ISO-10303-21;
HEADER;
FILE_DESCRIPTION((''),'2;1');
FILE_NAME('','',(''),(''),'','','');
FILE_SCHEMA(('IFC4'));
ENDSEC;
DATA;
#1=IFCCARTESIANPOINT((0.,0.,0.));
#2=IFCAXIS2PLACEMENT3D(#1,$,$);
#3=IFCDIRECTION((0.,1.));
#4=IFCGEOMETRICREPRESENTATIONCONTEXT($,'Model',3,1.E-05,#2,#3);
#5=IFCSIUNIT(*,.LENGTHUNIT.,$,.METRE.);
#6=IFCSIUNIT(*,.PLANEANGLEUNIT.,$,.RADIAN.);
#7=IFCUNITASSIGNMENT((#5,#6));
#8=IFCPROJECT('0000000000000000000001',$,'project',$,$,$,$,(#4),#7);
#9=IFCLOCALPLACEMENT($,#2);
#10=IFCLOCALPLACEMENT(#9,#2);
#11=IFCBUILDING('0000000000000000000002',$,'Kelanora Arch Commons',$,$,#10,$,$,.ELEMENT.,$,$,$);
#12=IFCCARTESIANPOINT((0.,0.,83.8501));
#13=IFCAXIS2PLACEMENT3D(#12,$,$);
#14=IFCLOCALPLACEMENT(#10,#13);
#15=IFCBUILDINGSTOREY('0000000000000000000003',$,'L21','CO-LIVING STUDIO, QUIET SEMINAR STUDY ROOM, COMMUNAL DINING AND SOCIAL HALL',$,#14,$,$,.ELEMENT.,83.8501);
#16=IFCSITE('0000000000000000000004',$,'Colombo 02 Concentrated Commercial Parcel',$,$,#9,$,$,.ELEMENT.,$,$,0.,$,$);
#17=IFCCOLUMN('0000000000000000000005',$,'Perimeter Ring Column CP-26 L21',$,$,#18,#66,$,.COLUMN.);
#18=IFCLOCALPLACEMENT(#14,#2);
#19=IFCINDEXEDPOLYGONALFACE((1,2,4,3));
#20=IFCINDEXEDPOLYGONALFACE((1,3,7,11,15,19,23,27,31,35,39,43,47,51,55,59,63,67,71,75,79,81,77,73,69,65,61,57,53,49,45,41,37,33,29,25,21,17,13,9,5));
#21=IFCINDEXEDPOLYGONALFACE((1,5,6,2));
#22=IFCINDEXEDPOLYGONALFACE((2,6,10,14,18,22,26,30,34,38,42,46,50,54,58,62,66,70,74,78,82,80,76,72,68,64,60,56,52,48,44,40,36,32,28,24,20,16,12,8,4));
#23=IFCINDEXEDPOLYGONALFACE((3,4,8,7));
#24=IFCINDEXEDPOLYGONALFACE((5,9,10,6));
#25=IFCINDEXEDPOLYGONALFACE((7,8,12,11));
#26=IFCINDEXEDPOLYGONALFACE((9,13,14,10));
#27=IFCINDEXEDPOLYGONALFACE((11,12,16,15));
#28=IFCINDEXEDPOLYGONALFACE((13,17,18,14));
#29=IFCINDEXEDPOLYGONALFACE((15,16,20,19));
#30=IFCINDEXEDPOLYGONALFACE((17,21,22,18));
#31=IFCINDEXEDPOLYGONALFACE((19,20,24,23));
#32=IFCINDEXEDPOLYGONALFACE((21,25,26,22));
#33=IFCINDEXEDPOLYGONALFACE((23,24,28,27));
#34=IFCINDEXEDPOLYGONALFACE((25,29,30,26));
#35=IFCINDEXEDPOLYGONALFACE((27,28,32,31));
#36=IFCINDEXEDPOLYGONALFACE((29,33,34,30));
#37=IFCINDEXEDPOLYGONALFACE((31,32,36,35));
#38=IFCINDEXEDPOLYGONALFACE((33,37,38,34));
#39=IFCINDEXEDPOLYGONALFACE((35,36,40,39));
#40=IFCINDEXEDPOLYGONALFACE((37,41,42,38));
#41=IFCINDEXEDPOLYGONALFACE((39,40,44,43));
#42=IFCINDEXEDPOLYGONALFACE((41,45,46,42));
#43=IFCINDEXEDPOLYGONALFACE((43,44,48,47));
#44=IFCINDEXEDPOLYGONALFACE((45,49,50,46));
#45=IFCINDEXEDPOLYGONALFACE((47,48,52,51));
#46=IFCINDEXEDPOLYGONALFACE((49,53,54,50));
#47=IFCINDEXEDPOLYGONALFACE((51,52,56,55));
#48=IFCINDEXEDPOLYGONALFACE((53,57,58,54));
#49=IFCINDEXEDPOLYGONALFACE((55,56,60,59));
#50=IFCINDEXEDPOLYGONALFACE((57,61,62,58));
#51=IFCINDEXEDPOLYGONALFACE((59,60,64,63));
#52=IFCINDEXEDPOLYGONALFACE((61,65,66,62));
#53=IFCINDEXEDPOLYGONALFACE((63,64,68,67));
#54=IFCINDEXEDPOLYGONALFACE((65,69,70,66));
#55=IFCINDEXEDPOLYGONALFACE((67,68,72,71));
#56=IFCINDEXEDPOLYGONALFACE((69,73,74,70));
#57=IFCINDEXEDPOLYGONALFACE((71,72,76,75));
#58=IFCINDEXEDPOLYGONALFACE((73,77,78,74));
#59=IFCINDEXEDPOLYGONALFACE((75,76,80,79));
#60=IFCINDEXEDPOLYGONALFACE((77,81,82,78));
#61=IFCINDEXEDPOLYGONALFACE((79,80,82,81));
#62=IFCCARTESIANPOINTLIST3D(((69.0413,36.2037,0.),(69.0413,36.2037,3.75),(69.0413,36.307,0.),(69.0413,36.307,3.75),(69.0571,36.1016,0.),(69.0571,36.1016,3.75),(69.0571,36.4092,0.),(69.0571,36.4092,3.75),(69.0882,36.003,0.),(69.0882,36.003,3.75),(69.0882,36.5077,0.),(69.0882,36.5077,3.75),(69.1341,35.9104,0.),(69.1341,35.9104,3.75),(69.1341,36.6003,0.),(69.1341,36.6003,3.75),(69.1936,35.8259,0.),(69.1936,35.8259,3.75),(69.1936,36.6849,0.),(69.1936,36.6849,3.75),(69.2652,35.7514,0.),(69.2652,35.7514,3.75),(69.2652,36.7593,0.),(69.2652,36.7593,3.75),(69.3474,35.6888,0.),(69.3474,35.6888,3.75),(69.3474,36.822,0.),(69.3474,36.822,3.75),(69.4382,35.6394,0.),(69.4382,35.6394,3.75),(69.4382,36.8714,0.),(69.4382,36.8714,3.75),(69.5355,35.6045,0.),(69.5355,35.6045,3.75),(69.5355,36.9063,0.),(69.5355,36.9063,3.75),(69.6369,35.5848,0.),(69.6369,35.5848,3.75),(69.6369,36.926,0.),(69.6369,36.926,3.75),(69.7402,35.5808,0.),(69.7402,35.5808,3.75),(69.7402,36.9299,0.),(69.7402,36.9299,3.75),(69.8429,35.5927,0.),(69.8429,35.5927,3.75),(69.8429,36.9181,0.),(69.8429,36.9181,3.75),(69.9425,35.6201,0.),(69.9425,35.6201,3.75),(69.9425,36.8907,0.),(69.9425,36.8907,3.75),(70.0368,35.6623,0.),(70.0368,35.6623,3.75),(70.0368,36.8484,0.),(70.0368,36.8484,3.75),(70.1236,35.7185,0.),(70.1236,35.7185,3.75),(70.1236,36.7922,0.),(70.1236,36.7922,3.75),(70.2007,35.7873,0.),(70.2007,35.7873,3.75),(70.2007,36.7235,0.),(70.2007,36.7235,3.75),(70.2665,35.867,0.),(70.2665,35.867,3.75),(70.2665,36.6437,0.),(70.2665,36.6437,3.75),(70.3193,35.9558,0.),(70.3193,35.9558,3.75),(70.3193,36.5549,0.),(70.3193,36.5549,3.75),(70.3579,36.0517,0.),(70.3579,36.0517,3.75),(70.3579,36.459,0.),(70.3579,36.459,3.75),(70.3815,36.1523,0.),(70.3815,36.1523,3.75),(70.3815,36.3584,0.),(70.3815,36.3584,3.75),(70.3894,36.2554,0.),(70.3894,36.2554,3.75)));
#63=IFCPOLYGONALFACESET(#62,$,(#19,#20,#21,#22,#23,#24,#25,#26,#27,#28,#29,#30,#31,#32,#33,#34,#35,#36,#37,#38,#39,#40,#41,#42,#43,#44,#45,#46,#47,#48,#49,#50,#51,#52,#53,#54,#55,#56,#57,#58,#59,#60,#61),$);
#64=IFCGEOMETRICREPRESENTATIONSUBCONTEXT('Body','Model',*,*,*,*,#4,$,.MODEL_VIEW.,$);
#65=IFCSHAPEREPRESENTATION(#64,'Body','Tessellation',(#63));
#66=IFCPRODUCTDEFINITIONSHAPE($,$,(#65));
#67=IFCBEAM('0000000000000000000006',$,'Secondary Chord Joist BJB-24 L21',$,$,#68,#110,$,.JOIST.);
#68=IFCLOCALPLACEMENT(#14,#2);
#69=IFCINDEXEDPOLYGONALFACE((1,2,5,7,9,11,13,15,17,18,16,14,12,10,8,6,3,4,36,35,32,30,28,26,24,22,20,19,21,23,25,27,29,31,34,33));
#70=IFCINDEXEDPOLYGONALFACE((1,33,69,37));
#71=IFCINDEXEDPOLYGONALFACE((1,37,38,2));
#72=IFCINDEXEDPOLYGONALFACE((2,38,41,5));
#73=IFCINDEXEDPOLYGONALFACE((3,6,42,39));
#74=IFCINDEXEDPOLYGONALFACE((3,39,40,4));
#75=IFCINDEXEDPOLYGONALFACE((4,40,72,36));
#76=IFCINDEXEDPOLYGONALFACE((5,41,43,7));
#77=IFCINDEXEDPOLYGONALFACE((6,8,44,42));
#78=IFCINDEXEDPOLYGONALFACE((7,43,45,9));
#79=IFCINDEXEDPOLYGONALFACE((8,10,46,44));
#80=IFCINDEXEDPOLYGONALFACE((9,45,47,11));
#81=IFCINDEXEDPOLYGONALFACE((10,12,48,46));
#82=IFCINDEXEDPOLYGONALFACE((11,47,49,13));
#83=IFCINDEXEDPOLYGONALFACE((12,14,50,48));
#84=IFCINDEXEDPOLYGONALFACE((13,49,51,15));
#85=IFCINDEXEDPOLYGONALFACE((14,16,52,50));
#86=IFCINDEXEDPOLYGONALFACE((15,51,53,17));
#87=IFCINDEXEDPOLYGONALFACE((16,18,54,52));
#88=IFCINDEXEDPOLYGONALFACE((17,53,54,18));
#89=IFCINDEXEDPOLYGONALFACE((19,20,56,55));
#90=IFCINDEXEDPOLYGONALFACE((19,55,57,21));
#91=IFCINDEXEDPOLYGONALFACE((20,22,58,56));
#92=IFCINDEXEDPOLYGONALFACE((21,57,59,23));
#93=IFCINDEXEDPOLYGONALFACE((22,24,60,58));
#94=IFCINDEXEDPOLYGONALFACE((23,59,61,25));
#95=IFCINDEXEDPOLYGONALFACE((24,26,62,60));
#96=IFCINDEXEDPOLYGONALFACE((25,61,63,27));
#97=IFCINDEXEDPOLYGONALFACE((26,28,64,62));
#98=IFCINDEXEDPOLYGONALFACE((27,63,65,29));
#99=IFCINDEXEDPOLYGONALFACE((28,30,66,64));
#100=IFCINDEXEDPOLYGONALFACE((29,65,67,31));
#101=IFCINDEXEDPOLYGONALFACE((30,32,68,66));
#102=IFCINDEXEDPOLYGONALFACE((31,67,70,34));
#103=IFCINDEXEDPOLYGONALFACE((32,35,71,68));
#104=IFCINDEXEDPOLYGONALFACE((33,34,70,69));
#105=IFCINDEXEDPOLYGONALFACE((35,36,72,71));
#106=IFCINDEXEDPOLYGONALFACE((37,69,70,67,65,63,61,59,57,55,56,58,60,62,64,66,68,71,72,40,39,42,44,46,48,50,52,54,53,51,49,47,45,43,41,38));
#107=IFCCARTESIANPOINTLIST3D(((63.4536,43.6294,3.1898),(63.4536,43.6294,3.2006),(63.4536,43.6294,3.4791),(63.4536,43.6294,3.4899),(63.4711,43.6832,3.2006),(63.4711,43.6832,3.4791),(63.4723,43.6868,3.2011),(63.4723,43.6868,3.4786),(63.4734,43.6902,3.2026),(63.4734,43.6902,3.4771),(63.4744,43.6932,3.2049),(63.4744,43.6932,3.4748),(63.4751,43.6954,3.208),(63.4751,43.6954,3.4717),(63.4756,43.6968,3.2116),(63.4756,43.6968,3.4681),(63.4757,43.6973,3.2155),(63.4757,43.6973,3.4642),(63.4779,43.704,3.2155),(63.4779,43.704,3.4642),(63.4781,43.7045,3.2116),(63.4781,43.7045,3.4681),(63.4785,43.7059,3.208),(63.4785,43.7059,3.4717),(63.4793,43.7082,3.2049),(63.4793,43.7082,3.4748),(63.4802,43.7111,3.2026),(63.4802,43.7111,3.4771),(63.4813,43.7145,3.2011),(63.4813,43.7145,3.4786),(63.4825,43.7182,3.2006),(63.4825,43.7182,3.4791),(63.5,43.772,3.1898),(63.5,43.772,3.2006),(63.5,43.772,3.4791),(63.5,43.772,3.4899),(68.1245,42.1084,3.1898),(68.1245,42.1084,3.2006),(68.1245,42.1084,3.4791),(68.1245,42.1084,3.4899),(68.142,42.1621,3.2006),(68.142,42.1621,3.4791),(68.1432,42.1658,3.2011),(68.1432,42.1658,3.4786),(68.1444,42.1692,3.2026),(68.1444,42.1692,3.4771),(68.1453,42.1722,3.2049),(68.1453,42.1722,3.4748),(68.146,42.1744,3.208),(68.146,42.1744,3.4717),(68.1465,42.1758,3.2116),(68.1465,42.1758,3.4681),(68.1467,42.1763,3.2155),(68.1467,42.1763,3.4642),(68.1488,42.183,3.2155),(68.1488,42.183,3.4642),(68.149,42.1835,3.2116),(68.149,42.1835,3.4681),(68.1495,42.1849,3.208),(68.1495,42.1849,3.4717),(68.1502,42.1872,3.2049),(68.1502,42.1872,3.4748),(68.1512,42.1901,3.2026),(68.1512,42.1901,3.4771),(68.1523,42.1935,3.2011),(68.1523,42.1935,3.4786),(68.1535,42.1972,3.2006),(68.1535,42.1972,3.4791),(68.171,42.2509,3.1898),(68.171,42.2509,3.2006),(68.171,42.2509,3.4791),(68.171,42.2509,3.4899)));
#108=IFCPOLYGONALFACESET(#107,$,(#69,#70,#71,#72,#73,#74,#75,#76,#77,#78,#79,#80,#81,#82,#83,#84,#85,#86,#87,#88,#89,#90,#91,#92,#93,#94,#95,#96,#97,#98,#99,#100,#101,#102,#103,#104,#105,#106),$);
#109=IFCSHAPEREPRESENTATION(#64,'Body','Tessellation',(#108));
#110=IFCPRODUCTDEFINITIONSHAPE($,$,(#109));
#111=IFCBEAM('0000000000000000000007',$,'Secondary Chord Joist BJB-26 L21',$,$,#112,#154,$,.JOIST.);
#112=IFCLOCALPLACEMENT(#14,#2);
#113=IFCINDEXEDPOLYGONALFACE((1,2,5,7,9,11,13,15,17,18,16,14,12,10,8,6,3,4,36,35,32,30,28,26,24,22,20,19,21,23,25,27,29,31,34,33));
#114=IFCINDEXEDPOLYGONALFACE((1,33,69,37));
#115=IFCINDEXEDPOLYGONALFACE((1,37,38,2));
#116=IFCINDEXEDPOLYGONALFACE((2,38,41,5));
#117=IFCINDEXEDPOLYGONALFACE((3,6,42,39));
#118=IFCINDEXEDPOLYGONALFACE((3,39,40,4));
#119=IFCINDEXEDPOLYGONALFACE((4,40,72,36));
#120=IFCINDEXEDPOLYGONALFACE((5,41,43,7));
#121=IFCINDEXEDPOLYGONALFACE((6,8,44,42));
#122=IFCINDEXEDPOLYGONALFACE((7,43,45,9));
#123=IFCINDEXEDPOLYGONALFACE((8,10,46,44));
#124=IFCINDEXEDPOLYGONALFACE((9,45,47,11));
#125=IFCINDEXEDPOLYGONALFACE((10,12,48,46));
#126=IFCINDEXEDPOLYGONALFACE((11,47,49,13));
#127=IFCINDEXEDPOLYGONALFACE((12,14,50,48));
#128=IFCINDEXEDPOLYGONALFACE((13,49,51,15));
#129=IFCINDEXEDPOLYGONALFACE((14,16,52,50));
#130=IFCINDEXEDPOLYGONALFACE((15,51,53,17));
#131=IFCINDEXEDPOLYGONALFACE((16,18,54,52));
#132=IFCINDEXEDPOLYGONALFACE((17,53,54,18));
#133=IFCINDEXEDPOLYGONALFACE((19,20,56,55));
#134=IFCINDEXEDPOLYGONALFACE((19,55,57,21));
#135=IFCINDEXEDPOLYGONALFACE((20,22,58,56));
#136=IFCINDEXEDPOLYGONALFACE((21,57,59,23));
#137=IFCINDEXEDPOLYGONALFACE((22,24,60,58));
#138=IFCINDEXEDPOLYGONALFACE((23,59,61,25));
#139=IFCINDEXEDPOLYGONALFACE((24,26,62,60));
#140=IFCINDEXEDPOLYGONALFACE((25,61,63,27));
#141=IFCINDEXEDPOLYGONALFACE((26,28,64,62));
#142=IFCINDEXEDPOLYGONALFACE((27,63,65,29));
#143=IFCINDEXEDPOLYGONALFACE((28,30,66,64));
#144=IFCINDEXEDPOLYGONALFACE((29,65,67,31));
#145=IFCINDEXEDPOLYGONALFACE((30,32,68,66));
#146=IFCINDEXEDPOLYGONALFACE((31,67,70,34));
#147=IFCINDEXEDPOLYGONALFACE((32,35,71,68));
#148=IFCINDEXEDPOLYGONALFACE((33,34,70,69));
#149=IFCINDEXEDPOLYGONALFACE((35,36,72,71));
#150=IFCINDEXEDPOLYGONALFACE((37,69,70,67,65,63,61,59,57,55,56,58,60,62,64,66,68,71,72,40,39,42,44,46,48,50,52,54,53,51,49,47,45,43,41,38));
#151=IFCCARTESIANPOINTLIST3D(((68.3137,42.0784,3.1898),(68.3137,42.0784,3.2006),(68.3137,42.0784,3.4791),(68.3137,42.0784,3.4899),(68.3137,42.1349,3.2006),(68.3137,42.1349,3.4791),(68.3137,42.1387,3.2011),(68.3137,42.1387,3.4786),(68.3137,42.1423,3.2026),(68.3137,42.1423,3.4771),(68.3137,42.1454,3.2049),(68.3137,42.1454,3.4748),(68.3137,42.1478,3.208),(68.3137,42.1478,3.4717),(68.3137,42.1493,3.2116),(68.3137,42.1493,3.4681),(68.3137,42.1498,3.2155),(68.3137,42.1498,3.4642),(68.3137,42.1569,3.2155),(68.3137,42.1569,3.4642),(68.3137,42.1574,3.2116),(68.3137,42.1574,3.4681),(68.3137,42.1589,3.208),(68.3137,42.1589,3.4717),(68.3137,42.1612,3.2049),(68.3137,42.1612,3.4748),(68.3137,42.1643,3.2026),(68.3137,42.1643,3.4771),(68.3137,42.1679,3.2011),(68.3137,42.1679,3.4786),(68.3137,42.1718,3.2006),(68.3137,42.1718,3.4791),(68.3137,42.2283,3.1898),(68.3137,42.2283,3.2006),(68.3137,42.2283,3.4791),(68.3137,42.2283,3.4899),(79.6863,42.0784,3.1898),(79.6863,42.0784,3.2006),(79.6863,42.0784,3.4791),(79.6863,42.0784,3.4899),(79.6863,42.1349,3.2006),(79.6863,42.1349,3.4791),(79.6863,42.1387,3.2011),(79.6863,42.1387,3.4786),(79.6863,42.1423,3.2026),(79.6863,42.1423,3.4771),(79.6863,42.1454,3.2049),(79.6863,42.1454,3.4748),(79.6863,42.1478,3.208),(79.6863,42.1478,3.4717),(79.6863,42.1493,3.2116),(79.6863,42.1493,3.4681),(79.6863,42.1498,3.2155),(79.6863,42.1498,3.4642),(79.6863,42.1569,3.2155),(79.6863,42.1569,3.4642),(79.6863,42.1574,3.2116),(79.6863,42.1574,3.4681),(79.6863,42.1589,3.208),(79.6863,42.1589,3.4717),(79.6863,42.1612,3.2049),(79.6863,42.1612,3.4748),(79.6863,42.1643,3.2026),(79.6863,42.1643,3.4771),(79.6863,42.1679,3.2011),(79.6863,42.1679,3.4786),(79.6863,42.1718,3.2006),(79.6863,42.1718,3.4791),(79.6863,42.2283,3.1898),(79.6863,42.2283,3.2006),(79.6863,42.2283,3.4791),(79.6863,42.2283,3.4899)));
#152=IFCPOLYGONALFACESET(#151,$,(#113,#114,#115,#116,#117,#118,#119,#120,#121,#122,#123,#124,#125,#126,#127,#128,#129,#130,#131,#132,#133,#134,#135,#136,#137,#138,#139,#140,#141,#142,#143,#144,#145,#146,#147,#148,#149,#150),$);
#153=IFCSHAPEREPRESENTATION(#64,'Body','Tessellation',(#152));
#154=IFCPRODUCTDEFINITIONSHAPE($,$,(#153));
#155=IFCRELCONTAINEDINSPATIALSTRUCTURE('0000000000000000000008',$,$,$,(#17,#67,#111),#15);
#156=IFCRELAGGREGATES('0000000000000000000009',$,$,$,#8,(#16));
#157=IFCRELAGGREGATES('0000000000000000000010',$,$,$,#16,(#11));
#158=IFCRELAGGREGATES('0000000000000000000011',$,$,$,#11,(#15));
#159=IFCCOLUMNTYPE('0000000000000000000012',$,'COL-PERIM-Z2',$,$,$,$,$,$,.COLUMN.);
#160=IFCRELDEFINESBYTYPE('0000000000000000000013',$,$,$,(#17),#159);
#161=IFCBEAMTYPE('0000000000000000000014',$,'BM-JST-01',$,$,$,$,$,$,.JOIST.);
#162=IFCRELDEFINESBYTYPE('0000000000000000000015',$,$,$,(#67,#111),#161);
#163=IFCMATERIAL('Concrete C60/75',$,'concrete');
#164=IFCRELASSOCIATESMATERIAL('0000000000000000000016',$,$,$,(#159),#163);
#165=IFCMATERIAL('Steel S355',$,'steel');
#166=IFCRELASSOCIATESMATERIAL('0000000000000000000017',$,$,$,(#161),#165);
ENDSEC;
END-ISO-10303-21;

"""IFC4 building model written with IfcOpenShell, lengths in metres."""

from ifc_helpers import new_model, si_unit, direction, frame, origin, origin_2d, place, context, subcontext, project, spatial, circle, i_section, extrude, material, material_profile, profile_set, type_object, element, save


model = new_model("IFC4")

# Units and contexts
model_context = context("Model", 3, precision=1e-05, world=origin(), true_north=direction((0.0, 1.0)))
body_context = subcontext(model_context, "Body", "Model", "MODEL_VIEW")
ifc_project = project(units=[si_unit("LENGTHUNIT", "METRE"), si_unit("PLANEANGLEUNIT", "RADIAN")], contexts=[model_context])

# Site, building, storey
site_placement = place(None, origin())
site = spatial("IfcSite", under=ifc_project, at=site_placement, Name="Colombo 02 Concentrated Commercial Parcel", CompositionType="ELEMENT", RefElevation=0.0)
building_placement = place(site_placement, origin())
building = spatial("IfcBuilding", under=site, at=building_placement, Name="Kelanora Arch Commons", CompositionType="ELEMENT")
storey_placement = place(building_placement, frame((0.0, 0.0, 83.8501)))
storey = spatial("IfcBuildingStorey", under=building, at=storey_placement, Name="L21", Description="CO-LIVING STUDIO, QUIET SEMINAR STUDY ROOM, COMMUNAL DINING AND SOCIAL HALL", CompositionType="ELEMENT", Elevation=83.8501)

# Column
ifc_material_1 = material(Name="Concrete C60/75", Category="concrete")
ifc_material_profile_1 = material_profile(ifc_material_1, circle(Radius=0.675, at=origin_2d()), Name="RCC1350")
ifc_profile_set_1 = profile_set([ifc_material_profile_1], Name="Concrete C60/75")
column_type = type_object("IfcColumnType", Name="COL-PERIM-Z2", PredefinedType="COLUMN", material=ifc_profile_set_1)
column_placement = place(storey_placement, frame((69.7144, 36.2554, 0.0), z_axis=(0.0, 0.0, 1.0), x_axis=(1.0, 0.0, 0.0)))
element("IfcColumn", 1, at=column_placement, inside=storey, type_object=column_type, Name="Perimeter Ring Column CP-26 L21", PredefinedType="COLUMN", context=body_context, shape_type="SweptSolid", body=[
    extrude(circle(Radius=0.675, at=origin_2d()), origin(), (0.0, 0.0, 1.0), 3.75),
])

# Beams
ifc_material_2 = material(Name="Steel S355", Category="steel")
ifc_material_profile_2 = material_profile(ifc_material_2, i_section(OverallWidth=0.1499, OverallDepth=0.3, WebThickness=0.0071, FlangeThickness=0.0107, FilletRadius=0.0149, at=origin_2d()), Name="IPE300")
ifc_profile_set_2 = profile_set([ifc_material_profile_2], Name="Steel S355")
beam_type_1 = type_object("IfcBeamType", Name="BM-JST-01", PredefinedType="JOIST", material=ifc_profile_set_2)
beam_1_placement = place(storey_placement, frame((63.4768, 43.7007, 3.3398), z_axis=(0.950857, -0.30963, 0.0), x_axis=(0.30963, 0.950857, 0.0)))
element("IfcBeam", 2, at=beam_1_placement, inside=storey, type_object=beam_type_1, Name="Secondary Chord Joist BJB-24 L21", PredefinedType="JOIST", context=body_context, shape_type="SweptSolid", body=[
    extrude(i_section(OverallWidth=0.1499, OverallDepth=0.3, WebThickness=0.0071, FlangeThickness=0.0107, FilletRadius=0.0149, at=origin_2d()), origin(), (0.0, 0.0, 1.0), 4.9124),
])
beam_2_placement = place(storey_placement, frame((68.3137, 42.1533, 3.3398), z_axis=(1.0, 0.0, 0.0), x_axis=(0.0, 1.0, 0.0)))
element("IfcBeam", 3, at=beam_2_placement, inside=storey, type_object=beam_type_1, Name="Secondary Chord Joist BJB-26 L21", PredefinedType="JOIST", context=body_context, shape_type="SweptSolid", body=[
    extrude(i_section(OverallWidth=0.1499, OverallDepth=0.3, WebThickness=0.0071, FlangeThickness=0.0107, FilletRadius=0.0149, at=origin_2d()), origin(), (0.0, 0.0, 1.0), 11.3726),
])

save(model, "model.ifc")
